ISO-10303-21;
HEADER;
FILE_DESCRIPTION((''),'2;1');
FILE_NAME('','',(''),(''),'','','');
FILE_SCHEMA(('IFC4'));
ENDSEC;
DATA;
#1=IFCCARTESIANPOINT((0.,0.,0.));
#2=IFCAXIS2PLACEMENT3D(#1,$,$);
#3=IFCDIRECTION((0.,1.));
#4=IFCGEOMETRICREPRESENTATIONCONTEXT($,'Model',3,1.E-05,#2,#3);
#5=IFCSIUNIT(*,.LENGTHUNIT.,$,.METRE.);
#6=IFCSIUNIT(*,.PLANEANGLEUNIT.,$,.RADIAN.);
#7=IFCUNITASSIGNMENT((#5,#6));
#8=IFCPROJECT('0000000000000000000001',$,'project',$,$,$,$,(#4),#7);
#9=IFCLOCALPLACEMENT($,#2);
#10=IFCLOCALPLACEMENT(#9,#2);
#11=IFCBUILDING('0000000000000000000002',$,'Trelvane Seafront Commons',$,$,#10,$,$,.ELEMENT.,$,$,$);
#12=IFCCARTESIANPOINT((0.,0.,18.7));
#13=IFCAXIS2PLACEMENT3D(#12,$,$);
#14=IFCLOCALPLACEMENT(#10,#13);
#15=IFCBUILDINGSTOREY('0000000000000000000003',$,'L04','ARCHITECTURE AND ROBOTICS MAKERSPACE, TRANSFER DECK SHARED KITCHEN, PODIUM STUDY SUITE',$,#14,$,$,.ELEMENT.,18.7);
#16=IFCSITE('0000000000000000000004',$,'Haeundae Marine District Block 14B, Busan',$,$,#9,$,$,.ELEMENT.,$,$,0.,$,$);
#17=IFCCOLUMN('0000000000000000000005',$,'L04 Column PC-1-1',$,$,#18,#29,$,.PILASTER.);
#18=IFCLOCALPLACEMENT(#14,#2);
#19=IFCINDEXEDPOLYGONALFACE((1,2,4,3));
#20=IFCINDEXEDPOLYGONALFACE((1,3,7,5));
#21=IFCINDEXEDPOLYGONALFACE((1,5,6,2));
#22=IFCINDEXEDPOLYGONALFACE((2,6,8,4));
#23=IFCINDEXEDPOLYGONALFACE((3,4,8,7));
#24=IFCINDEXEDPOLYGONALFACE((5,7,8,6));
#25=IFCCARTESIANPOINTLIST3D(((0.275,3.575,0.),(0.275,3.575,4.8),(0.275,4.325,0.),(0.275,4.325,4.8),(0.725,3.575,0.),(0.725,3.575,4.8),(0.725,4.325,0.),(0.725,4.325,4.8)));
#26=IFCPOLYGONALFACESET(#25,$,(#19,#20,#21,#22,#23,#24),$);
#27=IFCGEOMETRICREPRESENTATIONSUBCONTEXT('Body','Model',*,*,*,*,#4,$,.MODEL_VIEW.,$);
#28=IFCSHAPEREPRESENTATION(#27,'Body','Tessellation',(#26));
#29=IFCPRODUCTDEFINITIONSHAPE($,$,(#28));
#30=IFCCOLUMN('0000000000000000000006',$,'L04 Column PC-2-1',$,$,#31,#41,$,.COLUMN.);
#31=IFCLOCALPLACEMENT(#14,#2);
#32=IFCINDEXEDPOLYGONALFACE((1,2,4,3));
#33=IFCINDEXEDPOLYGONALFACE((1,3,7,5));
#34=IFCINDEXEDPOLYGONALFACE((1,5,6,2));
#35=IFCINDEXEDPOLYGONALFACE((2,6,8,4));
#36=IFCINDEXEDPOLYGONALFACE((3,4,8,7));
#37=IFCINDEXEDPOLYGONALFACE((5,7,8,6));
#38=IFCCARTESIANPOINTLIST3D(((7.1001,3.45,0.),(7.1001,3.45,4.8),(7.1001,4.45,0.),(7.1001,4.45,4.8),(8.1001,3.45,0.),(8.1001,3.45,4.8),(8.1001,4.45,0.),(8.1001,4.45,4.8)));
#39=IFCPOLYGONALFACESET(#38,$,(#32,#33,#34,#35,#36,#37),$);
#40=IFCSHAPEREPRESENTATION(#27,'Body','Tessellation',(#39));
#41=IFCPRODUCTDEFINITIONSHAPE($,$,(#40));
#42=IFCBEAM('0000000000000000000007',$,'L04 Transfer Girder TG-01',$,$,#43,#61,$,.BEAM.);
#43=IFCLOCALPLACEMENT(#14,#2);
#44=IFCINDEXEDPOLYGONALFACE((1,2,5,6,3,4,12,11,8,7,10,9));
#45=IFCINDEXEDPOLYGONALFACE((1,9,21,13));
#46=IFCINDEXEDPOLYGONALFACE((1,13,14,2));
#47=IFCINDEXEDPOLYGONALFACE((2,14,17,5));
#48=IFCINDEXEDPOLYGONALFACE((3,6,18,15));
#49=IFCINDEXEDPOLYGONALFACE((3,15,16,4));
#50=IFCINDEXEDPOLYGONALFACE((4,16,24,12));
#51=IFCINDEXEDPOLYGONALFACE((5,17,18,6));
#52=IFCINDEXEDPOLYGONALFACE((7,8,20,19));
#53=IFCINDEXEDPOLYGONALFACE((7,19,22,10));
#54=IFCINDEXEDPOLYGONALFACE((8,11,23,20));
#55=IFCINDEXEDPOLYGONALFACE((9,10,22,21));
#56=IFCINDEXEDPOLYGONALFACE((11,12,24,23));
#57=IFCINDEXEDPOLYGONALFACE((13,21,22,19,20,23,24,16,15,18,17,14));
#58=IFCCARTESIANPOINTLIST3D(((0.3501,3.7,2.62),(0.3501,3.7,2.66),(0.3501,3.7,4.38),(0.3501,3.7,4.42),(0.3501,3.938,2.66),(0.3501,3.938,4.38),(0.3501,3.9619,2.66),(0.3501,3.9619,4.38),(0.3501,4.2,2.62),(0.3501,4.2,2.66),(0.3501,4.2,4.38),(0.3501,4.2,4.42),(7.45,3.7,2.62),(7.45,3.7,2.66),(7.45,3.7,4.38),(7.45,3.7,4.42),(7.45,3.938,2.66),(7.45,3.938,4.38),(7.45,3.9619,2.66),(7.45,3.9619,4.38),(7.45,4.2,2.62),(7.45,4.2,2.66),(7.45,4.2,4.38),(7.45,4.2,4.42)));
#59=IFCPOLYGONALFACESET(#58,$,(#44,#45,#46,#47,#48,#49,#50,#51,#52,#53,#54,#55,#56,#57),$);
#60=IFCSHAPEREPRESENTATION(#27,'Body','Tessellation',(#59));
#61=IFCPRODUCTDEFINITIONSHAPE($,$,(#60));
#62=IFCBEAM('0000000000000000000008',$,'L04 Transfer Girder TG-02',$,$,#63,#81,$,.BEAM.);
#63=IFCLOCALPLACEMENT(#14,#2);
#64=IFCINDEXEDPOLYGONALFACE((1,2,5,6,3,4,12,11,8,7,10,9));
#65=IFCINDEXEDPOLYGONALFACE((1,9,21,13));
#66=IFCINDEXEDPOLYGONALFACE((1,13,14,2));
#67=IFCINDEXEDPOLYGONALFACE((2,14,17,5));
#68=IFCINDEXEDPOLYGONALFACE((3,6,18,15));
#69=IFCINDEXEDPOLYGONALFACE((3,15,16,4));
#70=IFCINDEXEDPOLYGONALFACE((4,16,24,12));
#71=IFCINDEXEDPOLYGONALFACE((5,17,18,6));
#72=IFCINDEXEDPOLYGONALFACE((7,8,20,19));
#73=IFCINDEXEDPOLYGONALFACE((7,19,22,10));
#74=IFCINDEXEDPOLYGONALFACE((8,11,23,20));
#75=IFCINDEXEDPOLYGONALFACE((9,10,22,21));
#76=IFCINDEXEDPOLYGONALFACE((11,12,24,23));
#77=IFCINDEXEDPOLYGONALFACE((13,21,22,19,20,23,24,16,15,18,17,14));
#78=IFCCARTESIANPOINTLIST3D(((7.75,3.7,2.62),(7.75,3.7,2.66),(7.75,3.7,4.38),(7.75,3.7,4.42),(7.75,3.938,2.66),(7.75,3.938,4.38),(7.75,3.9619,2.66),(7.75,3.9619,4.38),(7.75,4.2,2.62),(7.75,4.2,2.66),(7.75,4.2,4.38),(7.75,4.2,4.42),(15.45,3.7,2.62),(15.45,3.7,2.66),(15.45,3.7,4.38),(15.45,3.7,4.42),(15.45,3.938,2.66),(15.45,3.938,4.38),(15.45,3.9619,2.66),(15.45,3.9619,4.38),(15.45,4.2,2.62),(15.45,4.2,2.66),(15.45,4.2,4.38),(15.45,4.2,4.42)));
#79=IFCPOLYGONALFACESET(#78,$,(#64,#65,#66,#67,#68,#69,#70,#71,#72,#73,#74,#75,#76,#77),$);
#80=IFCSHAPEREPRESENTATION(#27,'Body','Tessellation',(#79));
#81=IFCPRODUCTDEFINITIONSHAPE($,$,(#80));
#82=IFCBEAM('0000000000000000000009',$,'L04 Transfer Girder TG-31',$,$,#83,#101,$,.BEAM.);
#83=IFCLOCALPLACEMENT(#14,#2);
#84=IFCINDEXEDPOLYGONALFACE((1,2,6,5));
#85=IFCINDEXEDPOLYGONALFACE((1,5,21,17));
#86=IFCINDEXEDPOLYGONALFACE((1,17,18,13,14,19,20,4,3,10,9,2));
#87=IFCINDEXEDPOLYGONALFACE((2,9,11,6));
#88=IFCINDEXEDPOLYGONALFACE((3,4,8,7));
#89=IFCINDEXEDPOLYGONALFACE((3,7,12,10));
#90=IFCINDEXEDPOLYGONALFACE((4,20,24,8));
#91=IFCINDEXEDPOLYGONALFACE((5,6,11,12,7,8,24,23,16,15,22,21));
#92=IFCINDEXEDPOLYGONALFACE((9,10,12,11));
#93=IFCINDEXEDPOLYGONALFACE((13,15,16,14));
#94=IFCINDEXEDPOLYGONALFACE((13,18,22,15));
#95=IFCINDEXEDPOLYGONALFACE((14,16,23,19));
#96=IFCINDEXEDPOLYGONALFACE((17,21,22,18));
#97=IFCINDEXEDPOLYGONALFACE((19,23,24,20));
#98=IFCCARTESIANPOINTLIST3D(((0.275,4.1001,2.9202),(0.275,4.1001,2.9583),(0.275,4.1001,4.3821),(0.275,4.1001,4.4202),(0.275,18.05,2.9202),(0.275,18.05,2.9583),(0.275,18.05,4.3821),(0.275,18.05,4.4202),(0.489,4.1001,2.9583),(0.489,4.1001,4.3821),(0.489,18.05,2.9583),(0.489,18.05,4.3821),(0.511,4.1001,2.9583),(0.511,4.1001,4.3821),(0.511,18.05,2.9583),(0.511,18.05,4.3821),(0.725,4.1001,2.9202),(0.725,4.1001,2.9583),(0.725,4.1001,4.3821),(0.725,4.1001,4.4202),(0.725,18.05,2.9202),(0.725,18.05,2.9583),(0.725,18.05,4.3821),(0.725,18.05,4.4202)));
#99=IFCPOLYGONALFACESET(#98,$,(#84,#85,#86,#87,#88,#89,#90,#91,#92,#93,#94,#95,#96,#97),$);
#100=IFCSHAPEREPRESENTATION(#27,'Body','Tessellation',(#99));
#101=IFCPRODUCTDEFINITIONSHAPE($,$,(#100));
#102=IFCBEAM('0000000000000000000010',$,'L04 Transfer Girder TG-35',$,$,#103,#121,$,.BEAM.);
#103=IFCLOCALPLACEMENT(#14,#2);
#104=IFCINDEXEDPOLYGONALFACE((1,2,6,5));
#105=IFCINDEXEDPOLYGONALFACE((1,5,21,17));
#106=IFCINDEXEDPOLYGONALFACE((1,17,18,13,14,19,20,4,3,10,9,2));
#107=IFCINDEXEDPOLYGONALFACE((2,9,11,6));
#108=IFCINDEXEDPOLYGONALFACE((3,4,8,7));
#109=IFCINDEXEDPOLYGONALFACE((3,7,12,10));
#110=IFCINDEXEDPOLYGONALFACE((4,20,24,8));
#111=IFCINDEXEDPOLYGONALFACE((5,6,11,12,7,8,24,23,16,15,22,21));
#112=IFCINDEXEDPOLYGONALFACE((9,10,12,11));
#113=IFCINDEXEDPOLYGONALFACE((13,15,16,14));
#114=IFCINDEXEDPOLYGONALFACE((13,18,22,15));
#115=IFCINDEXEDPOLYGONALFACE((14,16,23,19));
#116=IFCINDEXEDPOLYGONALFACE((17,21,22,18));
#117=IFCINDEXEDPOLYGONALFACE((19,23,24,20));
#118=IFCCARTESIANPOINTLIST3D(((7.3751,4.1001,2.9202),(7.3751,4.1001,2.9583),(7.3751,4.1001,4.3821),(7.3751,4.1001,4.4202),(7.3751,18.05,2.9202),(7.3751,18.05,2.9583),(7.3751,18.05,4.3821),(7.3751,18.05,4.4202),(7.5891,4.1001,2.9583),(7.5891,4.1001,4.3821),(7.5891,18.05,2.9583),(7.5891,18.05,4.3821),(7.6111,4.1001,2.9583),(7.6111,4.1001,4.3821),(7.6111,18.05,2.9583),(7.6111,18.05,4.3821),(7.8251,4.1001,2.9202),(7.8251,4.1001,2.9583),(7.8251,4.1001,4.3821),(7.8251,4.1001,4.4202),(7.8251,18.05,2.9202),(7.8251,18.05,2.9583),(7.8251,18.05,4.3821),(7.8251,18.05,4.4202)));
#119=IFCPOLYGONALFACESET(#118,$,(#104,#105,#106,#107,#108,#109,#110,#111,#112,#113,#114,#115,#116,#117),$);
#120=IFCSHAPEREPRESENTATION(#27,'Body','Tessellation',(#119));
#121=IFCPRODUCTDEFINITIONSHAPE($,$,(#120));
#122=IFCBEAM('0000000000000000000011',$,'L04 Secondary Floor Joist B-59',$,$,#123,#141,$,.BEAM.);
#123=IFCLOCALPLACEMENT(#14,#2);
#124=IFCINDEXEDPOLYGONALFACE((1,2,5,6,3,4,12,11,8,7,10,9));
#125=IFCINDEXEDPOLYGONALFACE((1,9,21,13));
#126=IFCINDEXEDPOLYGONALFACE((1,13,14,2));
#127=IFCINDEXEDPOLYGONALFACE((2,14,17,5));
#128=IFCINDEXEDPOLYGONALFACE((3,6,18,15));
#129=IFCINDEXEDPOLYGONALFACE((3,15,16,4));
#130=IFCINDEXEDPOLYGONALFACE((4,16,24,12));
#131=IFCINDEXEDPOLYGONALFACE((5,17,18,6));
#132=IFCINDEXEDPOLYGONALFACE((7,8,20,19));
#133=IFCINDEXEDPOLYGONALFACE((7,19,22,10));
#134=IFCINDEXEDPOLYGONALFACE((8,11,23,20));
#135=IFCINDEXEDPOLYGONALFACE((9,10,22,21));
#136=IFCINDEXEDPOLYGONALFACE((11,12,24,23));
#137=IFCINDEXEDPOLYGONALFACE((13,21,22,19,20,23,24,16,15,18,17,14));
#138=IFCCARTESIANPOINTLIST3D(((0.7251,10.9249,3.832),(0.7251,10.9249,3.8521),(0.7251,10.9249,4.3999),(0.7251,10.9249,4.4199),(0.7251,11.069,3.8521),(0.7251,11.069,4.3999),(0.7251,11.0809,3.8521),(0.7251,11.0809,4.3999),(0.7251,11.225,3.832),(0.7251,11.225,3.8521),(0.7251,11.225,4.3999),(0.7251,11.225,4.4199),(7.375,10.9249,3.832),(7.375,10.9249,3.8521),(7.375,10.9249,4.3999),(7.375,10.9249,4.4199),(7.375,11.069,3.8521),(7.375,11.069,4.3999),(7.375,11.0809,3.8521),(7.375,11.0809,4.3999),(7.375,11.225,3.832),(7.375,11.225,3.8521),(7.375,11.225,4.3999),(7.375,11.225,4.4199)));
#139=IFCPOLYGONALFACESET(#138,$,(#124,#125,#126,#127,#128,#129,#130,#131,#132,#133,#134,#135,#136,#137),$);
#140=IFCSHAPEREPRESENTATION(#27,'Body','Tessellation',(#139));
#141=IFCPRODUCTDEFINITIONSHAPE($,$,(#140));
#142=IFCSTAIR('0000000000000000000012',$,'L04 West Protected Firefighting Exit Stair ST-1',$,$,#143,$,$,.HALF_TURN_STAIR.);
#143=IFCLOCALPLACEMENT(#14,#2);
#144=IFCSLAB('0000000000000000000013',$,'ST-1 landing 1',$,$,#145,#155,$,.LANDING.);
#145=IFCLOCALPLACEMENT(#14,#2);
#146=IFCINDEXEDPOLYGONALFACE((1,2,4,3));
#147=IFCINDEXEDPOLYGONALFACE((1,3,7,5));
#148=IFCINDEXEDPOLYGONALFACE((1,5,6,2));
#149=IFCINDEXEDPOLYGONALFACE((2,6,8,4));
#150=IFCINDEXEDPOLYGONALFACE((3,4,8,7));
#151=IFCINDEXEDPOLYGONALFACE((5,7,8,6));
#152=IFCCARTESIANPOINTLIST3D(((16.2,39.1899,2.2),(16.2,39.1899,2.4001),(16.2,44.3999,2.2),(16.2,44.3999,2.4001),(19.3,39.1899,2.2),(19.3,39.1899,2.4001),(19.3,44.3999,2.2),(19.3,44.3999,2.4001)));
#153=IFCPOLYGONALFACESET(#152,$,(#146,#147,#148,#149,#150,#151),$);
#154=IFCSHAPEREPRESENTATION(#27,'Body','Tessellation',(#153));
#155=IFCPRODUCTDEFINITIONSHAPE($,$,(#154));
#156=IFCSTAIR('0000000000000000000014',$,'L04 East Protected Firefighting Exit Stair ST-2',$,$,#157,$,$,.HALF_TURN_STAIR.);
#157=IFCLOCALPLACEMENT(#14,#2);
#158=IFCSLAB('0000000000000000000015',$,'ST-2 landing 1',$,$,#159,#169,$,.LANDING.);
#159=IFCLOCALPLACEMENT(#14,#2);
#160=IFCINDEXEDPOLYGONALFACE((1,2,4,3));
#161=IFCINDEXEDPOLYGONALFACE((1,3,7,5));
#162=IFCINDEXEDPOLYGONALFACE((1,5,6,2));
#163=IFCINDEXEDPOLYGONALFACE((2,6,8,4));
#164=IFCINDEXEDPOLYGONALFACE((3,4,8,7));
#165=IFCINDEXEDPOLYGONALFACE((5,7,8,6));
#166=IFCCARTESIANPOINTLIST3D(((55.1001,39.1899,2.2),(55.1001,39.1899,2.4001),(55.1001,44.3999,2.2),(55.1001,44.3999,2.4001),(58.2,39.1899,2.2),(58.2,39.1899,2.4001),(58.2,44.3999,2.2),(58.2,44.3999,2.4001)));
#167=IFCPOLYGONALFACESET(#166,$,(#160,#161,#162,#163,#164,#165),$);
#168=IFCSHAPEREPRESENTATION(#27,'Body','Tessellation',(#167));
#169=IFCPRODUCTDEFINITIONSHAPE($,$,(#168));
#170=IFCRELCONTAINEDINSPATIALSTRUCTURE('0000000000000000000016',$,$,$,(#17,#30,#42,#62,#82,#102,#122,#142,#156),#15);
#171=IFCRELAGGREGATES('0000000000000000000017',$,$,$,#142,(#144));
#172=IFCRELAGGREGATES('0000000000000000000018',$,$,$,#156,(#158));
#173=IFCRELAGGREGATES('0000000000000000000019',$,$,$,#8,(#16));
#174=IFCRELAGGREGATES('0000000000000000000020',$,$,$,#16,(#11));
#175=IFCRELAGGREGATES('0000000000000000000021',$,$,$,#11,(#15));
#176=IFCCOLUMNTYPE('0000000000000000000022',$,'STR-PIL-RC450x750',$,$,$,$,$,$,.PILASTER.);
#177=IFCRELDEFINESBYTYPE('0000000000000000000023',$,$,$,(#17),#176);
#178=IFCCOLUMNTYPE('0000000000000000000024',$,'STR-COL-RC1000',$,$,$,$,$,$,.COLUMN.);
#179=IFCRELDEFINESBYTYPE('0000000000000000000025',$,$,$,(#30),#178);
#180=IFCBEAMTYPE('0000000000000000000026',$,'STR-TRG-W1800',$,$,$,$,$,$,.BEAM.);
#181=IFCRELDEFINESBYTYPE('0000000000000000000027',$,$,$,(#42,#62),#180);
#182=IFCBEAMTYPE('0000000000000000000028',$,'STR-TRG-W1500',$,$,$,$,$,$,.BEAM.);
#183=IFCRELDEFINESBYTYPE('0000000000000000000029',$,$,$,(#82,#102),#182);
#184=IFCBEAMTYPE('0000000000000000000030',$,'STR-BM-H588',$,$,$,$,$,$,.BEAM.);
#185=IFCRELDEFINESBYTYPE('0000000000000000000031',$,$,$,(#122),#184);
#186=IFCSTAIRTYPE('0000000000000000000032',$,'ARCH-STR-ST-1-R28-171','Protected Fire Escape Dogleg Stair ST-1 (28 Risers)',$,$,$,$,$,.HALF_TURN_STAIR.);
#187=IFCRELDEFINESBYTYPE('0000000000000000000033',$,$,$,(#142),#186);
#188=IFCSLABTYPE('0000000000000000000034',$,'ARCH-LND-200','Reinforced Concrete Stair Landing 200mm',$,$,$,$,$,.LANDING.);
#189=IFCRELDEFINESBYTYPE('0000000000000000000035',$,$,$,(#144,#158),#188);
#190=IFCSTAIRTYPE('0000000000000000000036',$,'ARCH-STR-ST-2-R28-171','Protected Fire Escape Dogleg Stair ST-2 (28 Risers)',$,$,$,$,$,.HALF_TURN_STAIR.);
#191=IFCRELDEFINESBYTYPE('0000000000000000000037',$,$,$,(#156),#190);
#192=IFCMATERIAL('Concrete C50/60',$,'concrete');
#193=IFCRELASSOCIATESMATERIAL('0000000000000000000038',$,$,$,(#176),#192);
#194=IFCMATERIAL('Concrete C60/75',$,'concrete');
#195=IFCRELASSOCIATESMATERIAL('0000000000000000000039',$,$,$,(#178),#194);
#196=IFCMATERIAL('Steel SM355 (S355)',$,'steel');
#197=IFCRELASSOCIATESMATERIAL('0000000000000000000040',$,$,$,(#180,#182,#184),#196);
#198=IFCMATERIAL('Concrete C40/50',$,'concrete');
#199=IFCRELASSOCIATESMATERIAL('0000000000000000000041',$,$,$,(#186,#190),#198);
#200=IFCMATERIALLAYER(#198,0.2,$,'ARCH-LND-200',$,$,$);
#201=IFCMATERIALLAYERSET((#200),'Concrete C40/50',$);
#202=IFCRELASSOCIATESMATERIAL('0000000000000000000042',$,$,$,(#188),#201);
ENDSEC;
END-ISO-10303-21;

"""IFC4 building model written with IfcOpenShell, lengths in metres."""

from ifc_helpers import new_model, si_unit, direction, frame, origin, origin_2d, place, context, subcontext, project, spatial, polyline, rectangle, i_section, outline, extrude, source, transform, mapped, material, layer, layer_set, material_profile, profile_set, type_object, element, aggregate, save


model = new_model("IFC4")

# Units and contexts
model_context = context("Model", 3, precision=1e-05, world=origin(), true_north=direction((0.0, 1.0)))
body_context = subcontext(model_context, "Body", "Model", "MODEL_VIEW")
ifc_project = project(units=[si_unit("LENGTHUNIT", "METRE"), si_unit("PLANEANGLEUNIT", "RADIAN")], contexts=[model_context])

# Site, building, storey
site_placement = place(None, origin())
site = spatial("IfcSite", under=ifc_project, at=site_placement, Name="Haeundae Marine District Block 14B, Busan", CompositionType="ELEMENT", RefElevation=0.0)
building_placement = place(site_placement, origin())
building = spatial("IfcBuilding", under=site, at=building_placement, Name="Trelvane Seafront Commons", CompositionType="ELEMENT")
storey_placement = place(building_placement, frame((0.0, 0.0, 18.7)))
storey = spatial("IfcBuildingStorey", under=building, at=storey_placement, Name="L04", Description="ARCHITECTURE AND ROBOTICS MAKERSPACE, TRANSFER DECK SHARED KITCHEN, PODIUM STUDY SUITE", CompositionType="ELEMENT", Elevation=18.7)

# Columns
ifc_material_1 = material(Name="Concrete C50/60", Category="concrete")
ifc_material_profile_1 = material_profile(ifc_material_1, rectangle(XDim=0.45, YDim=0.75, at=origin_2d()), Name="RC-450x750")
ifc_profile_set_1 = profile_set([ifc_material_profile_1], Name="Concrete C50/60")
column_type_1 = type_object("IfcColumnType", Name="STR-PIL-RC450x750", PredefinedType="PILASTER", material=ifc_profile_set_1)
shared_shape_1 = source(origin(), body_context, "Body", "SweptSolid", [
    extrude(rectangle(XDim=0.45, YDim=0.75, at=origin_2d()), origin(), (0.0, 0.0, 1.0), 4.8),
])
column_1_placement = place(storey_placement, frame((0.5, 3.95, 0.0), z_axis=(0.0, 0.0, 1.0), x_axis=(1.0, 0.0, 0.0)))
element("IfcColumn", 1, at=column_1_placement, inside=storey, type_object=column_type_1, Name="L04 Column PC-1-1", PredefinedType="PILASTER", context=body_context, shape_type="MappedRepresentation", body=[
    mapped(shared_shape_1, transform((0.0, 0.0, 0.0), x_axis=(1.0, 0.0, 0.0), y_axis=(0.0, 1.0, 0.0), z_axis=(0.0, 0.0, 1.0), scale=1.0)),
])
ifc_material_2 = material(Name="Concrete C60/75", Category="concrete")
ifc_material_profile_2 = material_profile(ifc_material_2, rectangle(XDim=1.0, YDim=1.0, at=origin_2d()), Name="RC-1000x1000")
ifc_profile_set_2 = profile_set([ifc_material_profile_2], Name="Concrete C60/75")
column_type_2 = type_object("IfcColumnType", Name="STR-COL-RC1000", PredefinedType="COLUMN", material=ifc_profile_set_2)
shared_shape_2 = source(origin(), body_context, "Body", "SweptSolid", [
    extrude(rectangle(XDim=1.0, YDim=1.0, at=origin_2d()), origin(), (0.0, 0.0, 1.0), 4.8),
])
column_2_placement = place(storey_placement, frame((7.6001, 3.95, 0.0), z_axis=(0.0, 0.0, 1.0), x_axis=(1.0, 0.0, 0.0)))
element("IfcColumn", 2, at=column_2_placement, inside=storey, type_object=column_type_2, Name="L04 Column PC-2-1", PredefinedType="COLUMN", context=body_context, shape_type="MappedRepresentation", body=[
    mapped(shared_shape_2, transform((0.0, 0.0, 0.0), x_axis=(1.0, 0.0, 0.0), y_axis=(0.0, 1.0, 0.0), z_axis=(0.0, 0.0, 1.0), scale=1.0)),
])

# Beams
ifc_material_3 = material(Name="Steel SM355 (S355)", Category="steel")
ifc_material_profile_3 = material_profile(ifc_material_3, i_section(OverallWidth=0.5, OverallDepth=1.8, WebThickness=0.0239, FlangeThickness=0.04, at=origin_2d()), Name="W-1800x500x24x40")
ifc_profile_set_3 = profile_set([ifc_material_profile_3], Name="Steel SM355 (S355)")
beam_type_1 = type_object("IfcBeamType", Name="STR-TRG-W1800", PredefinedType="BEAM", material=ifc_profile_set_3)
shared_shape_3 = source(origin(), body_context, "Body", "SweptSolid", [
    extrude(i_section(OverallWidth=0.5, OverallDepth=1.8, WebThickness=0.0239, FlangeThickness=0.04, at=origin_2d()), origin(), (0.0, 0.0, 1.0), 7.0999),
])
beam_1_placement = place(storey_placement, frame((0.3501, 3.95, 3.52), z_axis=(1.0, 0.0, 0.0), x_axis=(0.0, 1.0, 0.0)))
element("IfcBeam", 3, at=beam_1_placement, inside=storey, type_object=beam_type_1, Name="L04 Transfer Girder TG-01", PredefinedType="BEAM", context=body_context, shape_type="MappedRepresentation", body=[
    mapped(shared_shape_3, transform((0.0, 0.0, 0.0), x_axis=(1.0, 0.0, 0.0), y_axis=(0.0, 1.0, 0.0), z_axis=(0.0, 0.0, 1.0), scale=1.0)),
])
shared_shape_4 = source(origin(), body_context, "Body", "SweptSolid", [
    extrude(i_section(OverallWidth=0.5, OverallDepth=1.8, WebThickness=0.0239, FlangeThickness=0.04, at=origin_2d()), origin(), (0.0, 0.0, 1.0), 7.7),
])
beam_2_placement = place(storey_placement, frame((7.75, 3.95, 3.52), z_axis=(1.0, 0.0, 0.0), x_axis=(0.0, 1.0, 0.0)))
element("IfcBeam", 4, at=beam_2_placement, inside=storey, type_object=beam_type_1, Name="L04 Transfer Girder TG-02", PredefinedType="BEAM", context=body_context, shape_type="MappedRepresentation", body=[
    mapped(shared_shape_4, transform((0.0, 0.0, 0.0), x_axis=(1.0, 0.0, 0.0), y_axis=(0.0, 1.0, 0.0), z_axis=(0.0, 0.0, 1.0), scale=1.0)),
])
ifc_material_profile_4 = material_profile(ifc_material_3, i_section(OverallWidth=0.45, OverallDepth=1.5, WebThickness=0.022, FlangeThickness=0.0381, at=origin_2d()), Name="W-1500x450x22x38")
ifc_profile_set_4 = profile_set([ifc_material_profile_4], Name="Steel SM355 (S355)")
beam_type_2 = type_object("IfcBeamType", Name="STR-TRG-W1500", PredefinedType="BEAM", material=ifc_profile_set_4)
shared_shape_5 = source(origin(), body_context, "Body", "SweptSolid", [
    extrude(i_section(OverallWidth=0.45, OverallDepth=1.5, WebThickness=0.022, FlangeThickness=0.0381, at=origin_2d()), origin(), (0.0, 0.0, 1.0), 13.95),
])
for number, where, z_axis, x_axis, name in (
    (5, (0.5, 4.1001, 3.6702), (0.0, 1.0, 0.0), (-1.0, 0.0, 0.0), "L04 Transfer Girder TG-31"),
    (6, (7.6001, 4.1001, 3.6702), (0.0, 1.0, 0.0), (-1.0, 0.0, 0.0), "L04 Transfer Girder TG-35"),
):
    element("IfcBeam", number, at=place(storey_placement, frame(where, z_axis=z_axis, x_axis=x_axis)), inside=storey, type_object=beam_type_2, Name=name, PredefinedType="BEAM", context=body_context, shape_type="MappedRepresentation", body=[
        mapped(shared_shape_5, transform((0.0, 0.0, 0.0), x_axis=(1.0, 0.0, 0.0), y_axis=(0.0, 1.0, 0.0), z_axis=(0.0, 0.0, 1.0), scale=1.0)),
    ])
ifc_material_profile_5 = material_profile(ifc_material_3, i_section(OverallWidth=0.3, OverallDepth=0.5879, WebThickness=0.012, FlangeThickness=0.02, at=origin_2d()), Name="H-588x300x12x20")
ifc_profile_set_5 = profile_set([ifc_material_profile_5], Name="Steel SM355 (S355)")
beam_type_3 = type_object("IfcBeamType", Name="STR-BM-H588", PredefinedType="BEAM", material=ifc_profile_set_5)
shared_shape_6 = source(origin(), body_context, "Body", "SweptSolid", [
    extrude(i_section(OverallWidth=0.3, OverallDepth=0.5879, WebThickness=0.012, FlangeThickness=0.02, at=origin_2d()), origin(), (0.0, 0.0, 1.0), 6.6499),
])
beam_3_placement = place(storey_placement, frame((0.7251, 11.075, 4.126), z_axis=(1.0, 0.0, 0.0), x_axis=(0.0, 1.0, 0.0)))
element("IfcBeam", 7, at=beam_3_placement, inside=storey, type_object=beam_type_3, Name="L04 Secondary Floor Joist B-59", PredefinedType="BEAM", context=body_context, shape_type="MappedRepresentation", body=[
    mapped(shared_shape_6, transform((0.0, 0.0, 0.0), x_axis=(1.0, 0.0, 0.0), y_axis=(0.0, 1.0, 0.0), z_axis=(0.0, 0.0, 1.0), scale=1.0)),
])

# Stairs, slabs
ifc_material_4 = material(Name="Concrete C40/50", Category="concrete")
stair_type_1 = type_object("IfcStairType", Name="ARCH-STR-ST-1-R28-171", Description="Protected Fire Escape Dogleg Stair ST-1 (28 Risers)", PredefinedType="HALF_TURN_STAIR", material=ifc_material_4)
stair_1_placement = place(storey_placement, origin())
stair_1 = element("IfcStair", 8, at=stair_1_placement, inside=storey, type_object=stair_type_1, Name="L04 West Protected Firefighting Exit Stair ST-1", PredefinedType="HALF_TURN_STAIR")
ifc_layer_1 = layer(ifc_material_4, 0.2, Name="ARCH-LND-200")
ifc_layer_set_1 = layer_set([ifc_layer_1], Name="Concrete C40/50")
slab_type_1 = type_object("IfcSlabType", Name="ARCH-LND-200", Description="Reinforced Concrete Stair Landing 200mm", PredefinedType="LANDING", material=ifc_layer_set_1)
slab_1_placement = place(storey_placement, frame((0.0, 0.0, 2.2)))
slab_1 = element("IfcSlab", 9, at=slab_1_placement, type_object=slab_type_1, Name="ST-1 landing 1", PredefinedType="LANDING", context=body_context, shape_type="SweptSolid", body=[
    extrude(outline(polyline([(19.3, 39.1899), (19.3, 44.3999), (16.2, 44.3999), (16.2, 39.1899), (19.3, 39.1899)])), origin(), (0.0, 0.0, 1.0), 0.2002),
])
aggregate(stair_1, [slab_1])
stair_type_2 = type_object("IfcStairType", Name="ARCH-STR-ST-2-R28-171", Description="Protected Fire Escape Dogleg Stair ST-2 (28 Risers)", PredefinedType="HALF_TURN_STAIR", material=ifc_material_4)
stair_2_placement = place(storey_placement, origin())
stair_2 = element("IfcStair", 10, at=stair_2_placement, inside=storey, type_object=stair_type_2, Name="L04 East Protected Firefighting Exit Stair ST-2", PredefinedType="HALF_TURN_STAIR")
slab_2_placement = place(storey_placement, frame((0.0, 0.0, 2.2)))
slab_2 = element("IfcSlab", 11, at=slab_2_placement, type_object=slab_type_1, Name="ST-2 landing 1", PredefinedType="LANDING", context=body_context, shape_type="SweptSolid", body=[
    extrude(outline(polyline([(58.2, 39.1899), (58.2, 44.3999), (55.1001, 44.3999), (55.1001, 39.1899), (58.2, 39.1899)])), origin(), (0.0, 0.0, 1.0), 0.2002),
])
aggregate(stair_2, [slab_2])

save(model, "model.ifc")
